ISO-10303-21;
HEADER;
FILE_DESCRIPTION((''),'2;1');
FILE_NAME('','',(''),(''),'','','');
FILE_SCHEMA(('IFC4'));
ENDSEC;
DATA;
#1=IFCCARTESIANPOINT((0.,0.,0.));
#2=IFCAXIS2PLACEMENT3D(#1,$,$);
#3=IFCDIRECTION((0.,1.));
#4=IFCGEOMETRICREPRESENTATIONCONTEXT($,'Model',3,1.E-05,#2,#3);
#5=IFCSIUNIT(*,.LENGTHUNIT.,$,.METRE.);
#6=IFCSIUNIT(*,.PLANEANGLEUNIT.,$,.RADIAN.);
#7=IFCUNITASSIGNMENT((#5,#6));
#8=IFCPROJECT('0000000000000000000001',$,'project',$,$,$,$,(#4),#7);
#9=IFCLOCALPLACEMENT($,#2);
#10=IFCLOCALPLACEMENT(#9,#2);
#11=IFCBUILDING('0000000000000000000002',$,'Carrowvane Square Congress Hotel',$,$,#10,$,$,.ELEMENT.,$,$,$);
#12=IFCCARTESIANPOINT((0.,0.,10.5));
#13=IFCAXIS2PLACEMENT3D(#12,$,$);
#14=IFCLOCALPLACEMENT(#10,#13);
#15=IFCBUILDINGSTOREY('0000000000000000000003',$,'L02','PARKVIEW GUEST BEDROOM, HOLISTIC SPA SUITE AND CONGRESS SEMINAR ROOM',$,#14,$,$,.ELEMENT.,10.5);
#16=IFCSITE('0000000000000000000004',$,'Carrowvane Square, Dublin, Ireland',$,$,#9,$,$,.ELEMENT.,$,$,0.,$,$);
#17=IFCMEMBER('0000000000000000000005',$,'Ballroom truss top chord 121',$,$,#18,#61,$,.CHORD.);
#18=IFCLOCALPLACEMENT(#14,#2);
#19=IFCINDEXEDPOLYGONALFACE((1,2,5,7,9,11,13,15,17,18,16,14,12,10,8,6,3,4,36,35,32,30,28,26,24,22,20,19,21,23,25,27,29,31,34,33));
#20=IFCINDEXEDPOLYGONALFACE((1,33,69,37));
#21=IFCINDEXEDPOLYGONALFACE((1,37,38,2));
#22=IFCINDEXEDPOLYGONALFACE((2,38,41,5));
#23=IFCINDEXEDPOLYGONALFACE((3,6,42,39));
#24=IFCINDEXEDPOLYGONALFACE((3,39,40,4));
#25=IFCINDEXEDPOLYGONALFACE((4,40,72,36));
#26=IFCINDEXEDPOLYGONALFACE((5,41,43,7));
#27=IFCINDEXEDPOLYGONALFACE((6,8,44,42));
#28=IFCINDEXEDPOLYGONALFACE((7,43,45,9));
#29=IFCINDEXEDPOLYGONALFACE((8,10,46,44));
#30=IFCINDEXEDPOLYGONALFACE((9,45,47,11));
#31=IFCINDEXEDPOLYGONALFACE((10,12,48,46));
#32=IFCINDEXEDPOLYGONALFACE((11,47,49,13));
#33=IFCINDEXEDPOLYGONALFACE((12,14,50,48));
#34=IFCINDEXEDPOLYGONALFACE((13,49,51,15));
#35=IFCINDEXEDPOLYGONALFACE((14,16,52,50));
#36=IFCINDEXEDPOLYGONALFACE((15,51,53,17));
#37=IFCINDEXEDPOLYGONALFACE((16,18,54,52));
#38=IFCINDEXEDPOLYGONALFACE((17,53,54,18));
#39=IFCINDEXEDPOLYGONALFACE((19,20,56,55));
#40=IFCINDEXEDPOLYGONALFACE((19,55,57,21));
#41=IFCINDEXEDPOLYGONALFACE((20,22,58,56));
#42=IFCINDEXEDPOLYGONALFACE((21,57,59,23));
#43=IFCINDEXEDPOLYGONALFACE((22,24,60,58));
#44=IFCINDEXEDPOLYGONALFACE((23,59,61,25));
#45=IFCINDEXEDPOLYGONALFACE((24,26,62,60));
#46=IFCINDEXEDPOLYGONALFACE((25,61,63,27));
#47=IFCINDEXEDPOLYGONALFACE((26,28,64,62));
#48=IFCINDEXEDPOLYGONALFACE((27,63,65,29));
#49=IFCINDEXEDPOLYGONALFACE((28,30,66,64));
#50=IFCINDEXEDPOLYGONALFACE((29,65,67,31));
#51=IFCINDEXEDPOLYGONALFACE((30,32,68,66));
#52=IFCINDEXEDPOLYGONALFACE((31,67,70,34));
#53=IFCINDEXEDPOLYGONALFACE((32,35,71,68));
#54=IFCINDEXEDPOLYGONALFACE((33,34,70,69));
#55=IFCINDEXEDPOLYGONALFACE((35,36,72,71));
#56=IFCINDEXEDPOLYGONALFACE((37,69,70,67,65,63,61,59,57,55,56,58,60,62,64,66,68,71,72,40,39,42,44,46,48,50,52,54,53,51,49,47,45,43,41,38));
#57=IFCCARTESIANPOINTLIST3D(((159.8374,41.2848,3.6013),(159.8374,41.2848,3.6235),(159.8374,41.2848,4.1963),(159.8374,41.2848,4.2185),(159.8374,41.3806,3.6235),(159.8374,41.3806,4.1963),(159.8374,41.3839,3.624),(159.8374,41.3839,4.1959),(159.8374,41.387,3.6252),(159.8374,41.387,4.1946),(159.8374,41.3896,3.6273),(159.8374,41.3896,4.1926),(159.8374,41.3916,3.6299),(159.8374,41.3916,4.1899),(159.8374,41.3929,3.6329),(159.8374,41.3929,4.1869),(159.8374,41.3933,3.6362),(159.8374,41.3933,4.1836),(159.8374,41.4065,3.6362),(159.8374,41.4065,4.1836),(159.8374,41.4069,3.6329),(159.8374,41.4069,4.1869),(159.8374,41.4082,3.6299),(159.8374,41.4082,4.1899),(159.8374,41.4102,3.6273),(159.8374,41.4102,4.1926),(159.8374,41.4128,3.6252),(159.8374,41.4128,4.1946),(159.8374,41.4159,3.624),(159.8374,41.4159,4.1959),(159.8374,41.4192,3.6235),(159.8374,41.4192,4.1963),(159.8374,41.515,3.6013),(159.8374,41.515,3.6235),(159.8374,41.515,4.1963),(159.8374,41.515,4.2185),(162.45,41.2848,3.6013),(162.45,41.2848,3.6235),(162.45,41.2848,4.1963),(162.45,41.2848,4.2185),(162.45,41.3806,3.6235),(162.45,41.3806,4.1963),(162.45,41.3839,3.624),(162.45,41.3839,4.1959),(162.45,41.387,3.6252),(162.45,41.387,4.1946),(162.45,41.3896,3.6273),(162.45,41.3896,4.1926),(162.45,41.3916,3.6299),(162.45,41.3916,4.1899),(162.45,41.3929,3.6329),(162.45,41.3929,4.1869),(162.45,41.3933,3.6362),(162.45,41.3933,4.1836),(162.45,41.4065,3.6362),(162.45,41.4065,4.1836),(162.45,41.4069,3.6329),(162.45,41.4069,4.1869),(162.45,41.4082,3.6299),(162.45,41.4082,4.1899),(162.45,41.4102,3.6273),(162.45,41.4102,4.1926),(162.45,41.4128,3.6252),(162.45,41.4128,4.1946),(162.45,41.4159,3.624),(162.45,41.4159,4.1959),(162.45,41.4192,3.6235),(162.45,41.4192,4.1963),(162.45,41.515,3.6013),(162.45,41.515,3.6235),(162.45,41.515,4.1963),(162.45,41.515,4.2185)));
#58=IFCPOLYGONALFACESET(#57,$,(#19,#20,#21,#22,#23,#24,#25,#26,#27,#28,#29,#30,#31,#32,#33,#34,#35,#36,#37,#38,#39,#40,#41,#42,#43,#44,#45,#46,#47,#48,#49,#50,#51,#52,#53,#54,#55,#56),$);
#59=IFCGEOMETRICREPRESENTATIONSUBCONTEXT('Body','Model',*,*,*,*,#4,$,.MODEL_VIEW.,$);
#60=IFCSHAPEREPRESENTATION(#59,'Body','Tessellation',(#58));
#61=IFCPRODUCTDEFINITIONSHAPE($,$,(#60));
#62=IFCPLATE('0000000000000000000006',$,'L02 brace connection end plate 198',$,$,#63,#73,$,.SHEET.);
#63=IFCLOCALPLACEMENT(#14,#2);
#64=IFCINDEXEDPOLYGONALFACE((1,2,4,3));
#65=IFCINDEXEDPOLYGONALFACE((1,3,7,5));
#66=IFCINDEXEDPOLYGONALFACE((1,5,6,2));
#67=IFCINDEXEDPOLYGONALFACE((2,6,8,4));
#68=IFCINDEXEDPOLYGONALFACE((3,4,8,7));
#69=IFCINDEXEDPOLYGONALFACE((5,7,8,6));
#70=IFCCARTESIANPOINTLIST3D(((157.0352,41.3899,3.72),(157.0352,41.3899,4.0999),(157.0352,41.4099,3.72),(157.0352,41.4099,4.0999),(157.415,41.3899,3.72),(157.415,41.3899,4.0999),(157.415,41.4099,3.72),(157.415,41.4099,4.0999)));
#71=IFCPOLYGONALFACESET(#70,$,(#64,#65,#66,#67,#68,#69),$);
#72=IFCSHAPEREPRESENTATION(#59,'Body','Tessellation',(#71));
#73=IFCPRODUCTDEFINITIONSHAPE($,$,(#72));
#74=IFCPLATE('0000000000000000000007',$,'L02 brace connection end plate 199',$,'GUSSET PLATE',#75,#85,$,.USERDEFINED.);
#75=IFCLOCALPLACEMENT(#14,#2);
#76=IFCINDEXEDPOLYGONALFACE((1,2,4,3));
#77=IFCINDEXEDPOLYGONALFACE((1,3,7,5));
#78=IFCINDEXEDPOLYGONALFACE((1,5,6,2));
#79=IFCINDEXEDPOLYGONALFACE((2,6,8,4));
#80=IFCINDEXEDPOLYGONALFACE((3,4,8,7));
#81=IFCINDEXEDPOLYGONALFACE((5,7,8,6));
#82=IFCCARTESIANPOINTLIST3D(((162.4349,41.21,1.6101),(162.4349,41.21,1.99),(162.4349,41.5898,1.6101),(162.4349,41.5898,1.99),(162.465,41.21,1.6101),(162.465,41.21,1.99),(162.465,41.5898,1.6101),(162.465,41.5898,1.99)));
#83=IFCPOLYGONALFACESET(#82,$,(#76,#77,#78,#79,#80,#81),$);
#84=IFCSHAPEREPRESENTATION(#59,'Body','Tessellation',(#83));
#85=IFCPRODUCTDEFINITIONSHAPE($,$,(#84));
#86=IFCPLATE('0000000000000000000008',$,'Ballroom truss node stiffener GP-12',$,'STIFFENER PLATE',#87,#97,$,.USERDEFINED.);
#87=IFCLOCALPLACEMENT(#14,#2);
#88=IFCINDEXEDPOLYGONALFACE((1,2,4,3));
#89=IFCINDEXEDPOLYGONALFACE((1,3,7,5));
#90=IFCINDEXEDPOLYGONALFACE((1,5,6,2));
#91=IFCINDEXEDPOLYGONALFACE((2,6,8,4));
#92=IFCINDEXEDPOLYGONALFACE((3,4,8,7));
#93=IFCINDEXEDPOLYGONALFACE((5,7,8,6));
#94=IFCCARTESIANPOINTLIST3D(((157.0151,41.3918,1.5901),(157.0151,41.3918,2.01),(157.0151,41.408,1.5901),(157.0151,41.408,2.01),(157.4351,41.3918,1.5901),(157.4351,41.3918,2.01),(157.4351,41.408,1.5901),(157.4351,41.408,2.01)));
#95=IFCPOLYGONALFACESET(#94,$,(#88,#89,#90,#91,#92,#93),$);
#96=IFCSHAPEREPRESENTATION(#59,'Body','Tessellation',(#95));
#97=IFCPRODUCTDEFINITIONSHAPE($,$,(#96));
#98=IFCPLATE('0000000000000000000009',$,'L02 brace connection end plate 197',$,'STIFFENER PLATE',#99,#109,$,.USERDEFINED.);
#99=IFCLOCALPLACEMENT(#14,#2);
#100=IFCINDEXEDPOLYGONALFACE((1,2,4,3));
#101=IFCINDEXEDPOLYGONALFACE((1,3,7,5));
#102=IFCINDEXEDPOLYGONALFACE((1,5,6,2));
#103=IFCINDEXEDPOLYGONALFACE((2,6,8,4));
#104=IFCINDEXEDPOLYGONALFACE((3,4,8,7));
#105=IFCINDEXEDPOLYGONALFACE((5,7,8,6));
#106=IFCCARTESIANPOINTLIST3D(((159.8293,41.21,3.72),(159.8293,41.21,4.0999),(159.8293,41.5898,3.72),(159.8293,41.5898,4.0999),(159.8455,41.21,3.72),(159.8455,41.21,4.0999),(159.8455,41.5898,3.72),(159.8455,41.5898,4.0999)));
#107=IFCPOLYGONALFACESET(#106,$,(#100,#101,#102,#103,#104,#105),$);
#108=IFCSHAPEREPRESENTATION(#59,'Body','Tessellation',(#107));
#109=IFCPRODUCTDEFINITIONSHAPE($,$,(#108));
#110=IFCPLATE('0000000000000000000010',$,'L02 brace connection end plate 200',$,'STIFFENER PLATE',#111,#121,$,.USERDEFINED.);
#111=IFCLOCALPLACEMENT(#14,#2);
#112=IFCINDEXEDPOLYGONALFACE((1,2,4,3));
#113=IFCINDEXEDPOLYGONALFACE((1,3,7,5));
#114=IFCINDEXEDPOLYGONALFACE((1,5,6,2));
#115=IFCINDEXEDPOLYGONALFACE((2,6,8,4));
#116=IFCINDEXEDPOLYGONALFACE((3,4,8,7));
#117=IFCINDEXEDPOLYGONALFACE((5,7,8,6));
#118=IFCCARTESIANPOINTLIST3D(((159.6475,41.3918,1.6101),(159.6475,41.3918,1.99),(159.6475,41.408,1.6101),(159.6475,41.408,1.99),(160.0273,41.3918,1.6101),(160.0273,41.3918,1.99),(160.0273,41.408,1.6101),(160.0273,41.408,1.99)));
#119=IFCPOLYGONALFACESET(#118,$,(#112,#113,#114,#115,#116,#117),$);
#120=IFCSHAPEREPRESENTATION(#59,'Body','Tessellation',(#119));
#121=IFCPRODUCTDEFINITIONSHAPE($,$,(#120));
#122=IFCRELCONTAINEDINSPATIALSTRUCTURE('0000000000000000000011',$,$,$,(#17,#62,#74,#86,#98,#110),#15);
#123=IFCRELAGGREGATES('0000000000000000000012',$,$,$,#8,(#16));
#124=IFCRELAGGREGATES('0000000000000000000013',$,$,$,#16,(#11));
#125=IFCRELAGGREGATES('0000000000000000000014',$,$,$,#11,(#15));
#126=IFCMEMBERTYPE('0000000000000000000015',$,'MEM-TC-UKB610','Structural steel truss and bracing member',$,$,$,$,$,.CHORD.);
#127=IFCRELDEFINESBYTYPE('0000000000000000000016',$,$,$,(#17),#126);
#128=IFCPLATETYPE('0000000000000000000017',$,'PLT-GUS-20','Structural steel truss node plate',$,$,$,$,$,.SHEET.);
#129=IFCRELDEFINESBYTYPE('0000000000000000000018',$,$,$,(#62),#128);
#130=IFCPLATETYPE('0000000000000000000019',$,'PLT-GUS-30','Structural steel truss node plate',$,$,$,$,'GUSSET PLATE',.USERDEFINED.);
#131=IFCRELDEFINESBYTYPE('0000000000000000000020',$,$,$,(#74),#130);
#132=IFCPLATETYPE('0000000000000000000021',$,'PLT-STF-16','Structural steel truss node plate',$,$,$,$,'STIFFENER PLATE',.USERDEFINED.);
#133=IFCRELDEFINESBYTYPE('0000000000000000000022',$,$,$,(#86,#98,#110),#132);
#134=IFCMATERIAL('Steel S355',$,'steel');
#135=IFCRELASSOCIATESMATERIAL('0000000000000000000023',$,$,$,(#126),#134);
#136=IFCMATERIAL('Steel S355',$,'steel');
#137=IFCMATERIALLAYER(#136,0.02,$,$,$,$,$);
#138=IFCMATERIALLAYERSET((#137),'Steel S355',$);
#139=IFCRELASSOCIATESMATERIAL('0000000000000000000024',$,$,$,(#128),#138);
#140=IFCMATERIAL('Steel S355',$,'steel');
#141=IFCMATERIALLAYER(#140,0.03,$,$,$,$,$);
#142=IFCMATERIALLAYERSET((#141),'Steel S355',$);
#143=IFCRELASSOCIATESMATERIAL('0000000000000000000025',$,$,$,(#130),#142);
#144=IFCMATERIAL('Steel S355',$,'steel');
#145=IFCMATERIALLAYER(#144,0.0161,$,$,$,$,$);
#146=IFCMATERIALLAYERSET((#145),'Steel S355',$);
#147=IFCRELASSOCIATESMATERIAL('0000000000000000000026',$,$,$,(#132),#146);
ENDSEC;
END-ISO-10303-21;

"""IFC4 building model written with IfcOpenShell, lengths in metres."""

from ifc_helpers import new_model, si_unit, direction, frame, origin, origin_2d, place, context, subcontext, project, spatial, rectangle, i_section, extrude, material, layer, layer_set, material_profile, profile_set, type_object, element, save


model = new_model("IFC4")

# Units and contexts
model_context = context("Model", 3, precision=1e-05, world=origin(), true_north=direction((0.0, 1.0)))
body_context = subcontext(model_context, "Body", "Model", "MODEL_VIEW")
ifc_project = project(units=[si_unit("LENGTHUNIT", "METRE"), si_unit("PLANEANGLEUNIT", "RADIAN")], contexts=[model_context])

# Site, building, storey
site_placement = place(None, origin())
site = spatial("IfcSite", under=ifc_project, at=site_placement, Name="Carrowvane Square, Dublin, Ireland", CompositionType="ELEMENT", RefElevation=0.0)
building_placement = place(site_placement, origin())
building = spatial("IfcBuilding", under=site, at=building_placement, Name="Carrowvane Square Congress Hotel", CompositionType="ELEMENT")
storey_placement = place(building_placement, frame((0.0, 0.0, 10.5)))
storey = spatial("IfcBuildingStorey", under=building, at=storey_placement, Name="L02", Description="PARKVIEW GUEST BEDROOM, HOLISTIC SPA SUITE AND CONGRESS SEMINAR ROOM", CompositionType="ELEMENT", Elevation=10.5)

# Member
ifc_material_1 = material(Name="Steel S355", Category="steel")
ifc_material_profile_1 = material_profile(ifc_material_1, i_section(OverallWidth=0.2302, OverallDepth=0.6172, WebThickness=0.0132, FlangeThickness=0.0222, FilletRadius=0.0127, at=origin_2d()), Name="UKB 610x229x140")
ifc_profile_set_1 = profile_set([ifc_material_profile_1], Name="Steel S355")
member_type_1 = type_object("IfcMemberType", Name="MEM-TC-UKB610", Description="Structural steel truss and bracing member", PredefinedType="CHORD", material=ifc_profile_set_1)
member_1_placement = place(storey_placement, frame((159.8374, 41.3999, 3.9099), z_axis=(1.0, 0.0, 0.0), x_axis=(0.0, 1.0, 0.0)))
element("IfcMember", 1, at=member_1_placement, inside=storey, type_object=member_type_1, Name="Ballroom truss top chord 121", PredefinedType="CHORD", context=body_context, shape_type="SweptSolid", body=[
    extrude(i_section(OverallWidth=0.2302, OverallDepth=0.6172, WebThickness=0.0132, FlangeThickness=0.0222, FilletRadius=0.0127, at=origin_2d()), origin(), (0.0, 0.0, 1.0), 2.6125),
])

# Plates
ifc_material_2 = material(Name="Steel S355", Category="steel")
ifc_layer_1 = layer(ifc_material_2, 0.02)
ifc_layer_set_1 = layer_set([ifc_layer_1], Name="Steel S355")
plate_type_1 = type_object("IfcPlateType", Name="PLT-GUS-20", Description="Structural steel truss node plate", PredefinedType="SHEET", material=ifc_layer_set_1)
plate_1_placement = place(storey_placement, frame((157.2251, 41.3999, 3.72), z_axis=(0.0, 0.0, 1.0), x_axis=(1.0, 0.0, 0.0)))
element("IfcPlate", 2, at=plate_1_placement, inside=storey, type_object=plate_type_1, Name="L02 brace connection end plate 198", PredefinedType="SHEET", context=body_context, shape_type="SweptSolid", body=[
    extrude(rectangle(XDim=0.3799, YDim=0.02, at=origin_2d()), origin(), (0.0, 0.0, 1.0), 0.3799),
])
ifc_material_3 = material(Name="Steel S355", Category="steel")
ifc_layer_2 = layer(ifc_material_3, 0.03)
ifc_layer_set_2 = layer_set([ifc_layer_2], Name="Steel S355")
plate_type_2 = type_object("IfcPlateType", Name="PLT-GUS-30", Description="Structural steel truss node plate", ElementType="GUSSET PLATE", PredefinedType="USERDEFINED", material=ifc_layer_set_2)
plate_2_placement = place(storey_placement, frame((162.45, 41.3999, 1.6101), z_axis=(0.0, 0.0, 1.0), x_axis=(1.0, 0.0, 0.0)))
element("IfcPlate", 3, at=plate_2_placement, inside=storey, type_object=plate_type_2, Name="L02 brace connection end plate 199", ObjectType="GUSSET PLATE", PredefinedType="USERDEFINED", context=body_context, shape_type="SweptSolid", body=[
    extrude(rectangle(XDim=0.03, YDim=0.3799, at=origin_2d()), origin(), (0.0, 0.0, 1.0), 0.3799),
])
ifc_material_4 = material(Name="Steel S355", Category="steel")
ifc_layer_3 = layer(ifc_material_4, 0.0161)
ifc_layer_set_3 = layer_set([ifc_layer_3], Name="Steel S355")
plate_type_3 = type_object("IfcPlateType", Name="PLT-STF-16", Description="Structural steel truss node plate", ElementType="STIFFENER PLATE", PredefinedType="USERDEFINED", material=ifc_layer_set_3)
plate_3_placement = place(storey_placement, frame((157.2251, 41.3999, 1.5901), z_axis=(0.0, 0.0, 1.0), x_axis=(1.0, 0.0, 0.0)))
element("IfcPlate", 4, at=plate_3_placement, inside=storey, type_object=plate_type_3, Name="Ballroom truss node stiffener GP-12", ObjectType="STIFFENER PLATE", PredefinedType="USERDEFINED", context=body_context, shape_type="SweptSolid", body=[
    extrude(rectangle(XDim=0.4199, YDim=0.0161, at=origin_2d()), origin(), (0.0, 0.0, 1.0), 0.4199),
])
plate_4_placement = place(storey_placement, frame((159.8374, 41.3999, 3.72), z_axis=(0.0, 0.0, 1.0), x_axis=(1.0, 0.0, 0.0)))
element("IfcPlate", 5, at=plate_4_placement, inside=storey, type_object=plate_type_3, Name="L02 brace connection end plate 197", ObjectType="STIFFENER PLATE", PredefinedType="USERDEFINED", context=body_context, shape_type="SweptSolid", body=[
    extrude(rectangle(XDim=0.0161, YDim=0.3799, at=origin_2d()), origin(), (0.0, 0.0, 1.0), 0.3799),
])
plate_5_placement = place(storey_placement, frame((159.8374, 41.3999, 1.6101), z_axis=(0.0, 0.0, 1.0), x_axis=(1.0, 0.0, 0.0)))
element("IfcPlate", 6, at=plate_5_placement, inside=storey, type_object=plate_type_3, Name="L02 brace connection end plate 200", ObjectType="STIFFENER PLATE", PredefinedType="USERDEFINED", context=body_context, shape_type="SweptSolid", body=[
    extrude(rectangle(XDim=0.3799, YDim=0.0161, at=origin_2d()), origin(), (0.0, 0.0, 1.0), 0.3799),
])

save(model, "model.ifc")
